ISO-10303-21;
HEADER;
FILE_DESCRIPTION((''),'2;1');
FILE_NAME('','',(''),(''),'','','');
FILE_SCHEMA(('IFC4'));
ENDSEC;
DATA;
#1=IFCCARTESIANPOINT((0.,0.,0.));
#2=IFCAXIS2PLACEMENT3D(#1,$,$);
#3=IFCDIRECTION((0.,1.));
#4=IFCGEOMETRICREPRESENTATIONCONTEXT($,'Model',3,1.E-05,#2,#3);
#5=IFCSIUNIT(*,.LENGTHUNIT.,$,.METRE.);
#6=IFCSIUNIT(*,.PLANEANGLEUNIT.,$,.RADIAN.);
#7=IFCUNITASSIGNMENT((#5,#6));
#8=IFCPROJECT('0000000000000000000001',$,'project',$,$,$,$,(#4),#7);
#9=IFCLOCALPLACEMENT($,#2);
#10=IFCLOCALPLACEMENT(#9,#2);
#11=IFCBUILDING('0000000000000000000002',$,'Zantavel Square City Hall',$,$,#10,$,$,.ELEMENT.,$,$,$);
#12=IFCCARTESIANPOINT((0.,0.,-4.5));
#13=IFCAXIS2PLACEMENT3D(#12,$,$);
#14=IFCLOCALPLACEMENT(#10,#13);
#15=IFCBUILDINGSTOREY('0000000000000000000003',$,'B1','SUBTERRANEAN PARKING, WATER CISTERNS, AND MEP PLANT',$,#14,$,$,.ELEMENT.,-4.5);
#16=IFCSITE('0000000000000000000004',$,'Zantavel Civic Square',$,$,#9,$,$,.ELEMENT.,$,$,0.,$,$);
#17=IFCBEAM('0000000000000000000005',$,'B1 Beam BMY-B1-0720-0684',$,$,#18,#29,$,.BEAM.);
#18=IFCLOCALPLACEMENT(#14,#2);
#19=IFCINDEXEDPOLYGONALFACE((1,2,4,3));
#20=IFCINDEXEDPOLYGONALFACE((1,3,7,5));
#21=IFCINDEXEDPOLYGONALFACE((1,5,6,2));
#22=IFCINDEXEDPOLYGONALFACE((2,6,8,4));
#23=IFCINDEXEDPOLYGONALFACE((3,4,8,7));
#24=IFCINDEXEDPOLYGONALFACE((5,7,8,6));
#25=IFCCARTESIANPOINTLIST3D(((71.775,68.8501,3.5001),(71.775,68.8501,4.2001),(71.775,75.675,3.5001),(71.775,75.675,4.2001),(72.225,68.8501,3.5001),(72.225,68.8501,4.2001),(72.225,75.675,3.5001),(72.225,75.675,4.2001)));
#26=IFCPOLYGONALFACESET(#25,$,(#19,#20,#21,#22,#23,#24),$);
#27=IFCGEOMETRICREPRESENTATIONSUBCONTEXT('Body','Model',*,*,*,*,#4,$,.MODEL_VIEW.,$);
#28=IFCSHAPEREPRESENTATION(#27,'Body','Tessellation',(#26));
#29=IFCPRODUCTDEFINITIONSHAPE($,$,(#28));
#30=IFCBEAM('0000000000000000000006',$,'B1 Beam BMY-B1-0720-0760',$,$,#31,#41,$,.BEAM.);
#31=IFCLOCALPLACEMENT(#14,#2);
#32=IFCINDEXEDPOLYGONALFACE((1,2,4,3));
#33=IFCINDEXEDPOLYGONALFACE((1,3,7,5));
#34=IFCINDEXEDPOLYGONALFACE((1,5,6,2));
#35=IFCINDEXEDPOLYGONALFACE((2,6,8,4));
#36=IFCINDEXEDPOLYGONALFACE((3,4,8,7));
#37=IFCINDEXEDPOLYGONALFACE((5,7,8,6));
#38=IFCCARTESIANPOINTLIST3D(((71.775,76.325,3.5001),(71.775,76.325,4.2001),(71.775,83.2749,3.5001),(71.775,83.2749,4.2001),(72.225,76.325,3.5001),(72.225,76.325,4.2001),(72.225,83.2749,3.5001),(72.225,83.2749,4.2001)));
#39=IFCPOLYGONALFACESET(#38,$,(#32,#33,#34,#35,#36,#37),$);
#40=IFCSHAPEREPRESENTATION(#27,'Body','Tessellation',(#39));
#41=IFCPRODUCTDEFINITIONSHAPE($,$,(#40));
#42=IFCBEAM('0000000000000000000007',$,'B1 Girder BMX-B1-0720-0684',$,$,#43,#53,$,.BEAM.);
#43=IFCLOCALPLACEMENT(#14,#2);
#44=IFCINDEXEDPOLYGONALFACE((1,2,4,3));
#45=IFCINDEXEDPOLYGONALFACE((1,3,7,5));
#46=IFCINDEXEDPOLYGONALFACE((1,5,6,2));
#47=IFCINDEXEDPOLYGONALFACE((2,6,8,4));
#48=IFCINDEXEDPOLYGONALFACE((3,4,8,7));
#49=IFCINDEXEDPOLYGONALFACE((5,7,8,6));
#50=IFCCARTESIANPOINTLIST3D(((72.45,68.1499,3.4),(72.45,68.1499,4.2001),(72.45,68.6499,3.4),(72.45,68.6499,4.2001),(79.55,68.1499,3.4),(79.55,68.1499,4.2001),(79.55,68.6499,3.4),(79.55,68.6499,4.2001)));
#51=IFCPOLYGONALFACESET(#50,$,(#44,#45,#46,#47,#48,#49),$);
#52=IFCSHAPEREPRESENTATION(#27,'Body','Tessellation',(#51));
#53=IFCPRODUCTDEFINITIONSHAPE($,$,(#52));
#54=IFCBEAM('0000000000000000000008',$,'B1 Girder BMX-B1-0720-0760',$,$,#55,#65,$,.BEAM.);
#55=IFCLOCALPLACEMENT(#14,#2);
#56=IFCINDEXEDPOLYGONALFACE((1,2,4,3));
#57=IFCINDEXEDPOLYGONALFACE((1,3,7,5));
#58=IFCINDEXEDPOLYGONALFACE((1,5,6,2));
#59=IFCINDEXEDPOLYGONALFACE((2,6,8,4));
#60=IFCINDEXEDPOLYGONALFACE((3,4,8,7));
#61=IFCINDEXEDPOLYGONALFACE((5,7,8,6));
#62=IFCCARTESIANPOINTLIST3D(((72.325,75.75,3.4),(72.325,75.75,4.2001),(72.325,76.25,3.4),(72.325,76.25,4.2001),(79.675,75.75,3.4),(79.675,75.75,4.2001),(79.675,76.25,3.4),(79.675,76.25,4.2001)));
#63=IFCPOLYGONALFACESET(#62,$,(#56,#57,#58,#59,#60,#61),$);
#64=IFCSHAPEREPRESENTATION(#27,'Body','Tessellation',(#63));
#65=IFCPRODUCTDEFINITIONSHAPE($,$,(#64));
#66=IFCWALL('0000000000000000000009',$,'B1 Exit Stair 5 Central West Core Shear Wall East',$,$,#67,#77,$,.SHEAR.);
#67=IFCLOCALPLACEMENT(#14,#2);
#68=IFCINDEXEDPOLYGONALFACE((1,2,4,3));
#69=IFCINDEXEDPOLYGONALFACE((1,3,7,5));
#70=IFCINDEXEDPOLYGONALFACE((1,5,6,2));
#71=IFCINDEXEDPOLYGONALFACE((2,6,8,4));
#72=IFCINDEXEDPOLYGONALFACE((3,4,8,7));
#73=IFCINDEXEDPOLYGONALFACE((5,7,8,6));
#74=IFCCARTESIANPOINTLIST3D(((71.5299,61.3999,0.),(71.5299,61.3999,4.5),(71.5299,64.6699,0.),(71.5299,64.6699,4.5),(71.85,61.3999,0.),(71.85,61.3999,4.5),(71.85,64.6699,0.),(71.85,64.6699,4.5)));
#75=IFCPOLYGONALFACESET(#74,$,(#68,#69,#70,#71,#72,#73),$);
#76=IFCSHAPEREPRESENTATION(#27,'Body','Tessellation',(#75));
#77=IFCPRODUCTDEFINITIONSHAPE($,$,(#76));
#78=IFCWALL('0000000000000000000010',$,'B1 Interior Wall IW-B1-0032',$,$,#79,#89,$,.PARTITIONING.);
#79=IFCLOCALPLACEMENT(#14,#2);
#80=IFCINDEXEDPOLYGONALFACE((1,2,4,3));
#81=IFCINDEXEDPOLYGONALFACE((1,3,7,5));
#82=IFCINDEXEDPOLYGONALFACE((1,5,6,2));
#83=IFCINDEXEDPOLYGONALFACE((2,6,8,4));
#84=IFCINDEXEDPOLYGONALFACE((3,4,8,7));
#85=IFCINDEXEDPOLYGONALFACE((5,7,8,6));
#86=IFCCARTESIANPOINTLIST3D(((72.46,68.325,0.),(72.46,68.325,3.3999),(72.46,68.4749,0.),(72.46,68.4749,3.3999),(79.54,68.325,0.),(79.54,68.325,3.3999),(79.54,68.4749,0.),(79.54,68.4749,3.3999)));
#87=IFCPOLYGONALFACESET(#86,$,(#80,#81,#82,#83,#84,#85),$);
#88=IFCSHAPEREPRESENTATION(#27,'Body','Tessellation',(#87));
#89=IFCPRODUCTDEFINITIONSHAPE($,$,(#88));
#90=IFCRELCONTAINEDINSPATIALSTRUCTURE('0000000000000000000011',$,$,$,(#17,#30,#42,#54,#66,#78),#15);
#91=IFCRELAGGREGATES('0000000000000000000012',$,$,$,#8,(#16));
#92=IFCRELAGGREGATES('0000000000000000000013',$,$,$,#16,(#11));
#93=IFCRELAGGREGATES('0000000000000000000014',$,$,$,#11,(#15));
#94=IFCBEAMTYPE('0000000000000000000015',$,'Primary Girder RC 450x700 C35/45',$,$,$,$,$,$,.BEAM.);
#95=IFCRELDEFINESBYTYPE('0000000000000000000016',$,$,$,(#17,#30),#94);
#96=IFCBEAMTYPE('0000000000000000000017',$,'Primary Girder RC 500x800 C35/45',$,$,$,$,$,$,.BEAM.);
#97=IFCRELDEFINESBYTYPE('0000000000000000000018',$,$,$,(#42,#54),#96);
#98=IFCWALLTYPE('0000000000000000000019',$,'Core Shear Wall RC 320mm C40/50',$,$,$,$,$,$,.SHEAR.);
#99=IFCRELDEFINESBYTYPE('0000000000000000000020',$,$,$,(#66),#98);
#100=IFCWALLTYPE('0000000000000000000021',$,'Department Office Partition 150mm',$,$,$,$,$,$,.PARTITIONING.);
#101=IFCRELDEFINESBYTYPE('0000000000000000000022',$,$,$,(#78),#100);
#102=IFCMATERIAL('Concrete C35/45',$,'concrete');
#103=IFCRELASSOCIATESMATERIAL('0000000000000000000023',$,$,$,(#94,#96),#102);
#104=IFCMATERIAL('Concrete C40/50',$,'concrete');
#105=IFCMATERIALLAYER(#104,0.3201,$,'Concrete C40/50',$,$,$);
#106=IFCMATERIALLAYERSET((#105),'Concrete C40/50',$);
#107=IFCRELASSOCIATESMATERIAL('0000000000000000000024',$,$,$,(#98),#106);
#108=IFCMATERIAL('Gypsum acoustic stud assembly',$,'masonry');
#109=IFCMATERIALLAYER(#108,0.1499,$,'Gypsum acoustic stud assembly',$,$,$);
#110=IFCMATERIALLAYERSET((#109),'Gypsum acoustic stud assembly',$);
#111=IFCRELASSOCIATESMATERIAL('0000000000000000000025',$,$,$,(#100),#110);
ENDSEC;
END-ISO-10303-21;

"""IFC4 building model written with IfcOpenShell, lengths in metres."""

from ifc_helpers import new_model, si_unit, direction, frame, frame_2d, origin, origin_2d, place, context, subcontext, project, spatial, rectangle, extrude, material, layer, layer_set, material_profile, profile_set, type_object, element, save


model = new_model("IFC4")

# Units and contexts
model_context = context("Model", 3, precision=1e-05, world=origin(), true_north=direction((0.0, 1.0)))
body_context = subcontext(model_context, "Body", "Model", "MODEL_VIEW")
ifc_project = project(units=[si_unit("LENGTHUNIT", "METRE"), si_unit("PLANEANGLEUNIT", "RADIAN")], contexts=[model_context])

# Site, building, storey
site_placement = place(None, origin())
site = spatial("IfcSite", under=ifc_project, at=site_placement, Name="Zantavel Civic Square", CompositionType="ELEMENT", RefElevation=0.0)
building_placement = place(site_placement, origin())
building = spatial("IfcBuilding", under=site, at=building_placement, Name="Zantavel Square City Hall", CompositionType="ELEMENT")
storey_placement = place(building_placement, frame((0.0, 0.0, -4.5)))
storey = spatial("IfcBuildingStorey", under=building, at=storey_placement, Name="B1", Description="SUBTERRANEAN PARKING, WATER CISTERNS, AND MEP PLANT", CompositionType="ELEMENT", Elevation=-4.5)

# Shared definitions
ifc_material_1 = material(Name="Concrete C35/45", Category="concrete")

# Shared definitions
ifc_material_2 = material(Name="Concrete C40/50", Category="concrete")

# Beams
ifc_material_profile_1 = material_profile(ifc_material_1, rectangle(XDim=0.45, YDim=0.7, at=origin_2d()), Name="RC 450x700")
ifc_profile_set_1 = profile_set([ifc_material_profile_1], Name="Concrete C35/45")
beam_type_1 = type_object("IfcBeamType", Name="Primary Girder RC 450x700 C35/45", PredefinedType="BEAM", material=ifc_profile_set_1)
beam_1_placement = place(storey_placement, frame((72.0, 68.8501, 3.8501), z_axis=(0.0, 1.0, 0.0), x_axis=(-1.0, 0.0, 0.0)))
element("IfcBeam", 1, at=beam_1_placement, inside=storey, type_object=beam_type_1, Name="B1 Beam BMY-B1-0720-0684", PredefinedType="BEAM", context=body_context, shape_type="SweptSolid", body=[
    extrude(rectangle(XDim=0.45, YDim=0.7, at=origin_2d()), origin(), (0.0, 0.0, 1.0), 6.825),
])
beam_2_placement = place(storey_placement, frame((72.0, 76.325, 3.8501), z_axis=(0.0, 1.0, 0.0), x_axis=(-1.0, 0.0, 0.0)))
element("IfcBeam", 2, at=beam_2_placement, inside=storey, type_object=beam_type_1, Name="B1 Beam BMY-B1-0720-0760", PredefinedType="BEAM", context=body_context, shape_type="SweptSolid", body=[
    extrude(rectangle(XDim=0.45, YDim=0.7, at=origin_2d()), origin(), (0.0, 0.0, 1.0), 6.95),
])
ifc_material_profile_2 = material_profile(ifc_material_1, rectangle(XDim=0.5, YDim=0.8, at=origin_2d()), Name="RC 500x800")
ifc_profile_set_2 = profile_set([ifc_material_profile_2], Name="Concrete C35/45")
beam_type_2 = type_object("IfcBeamType", Name="Primary Girder RC 500x800 C35/45", PredefinedType="BEAM", material=ifc_profile_set_2)
beam_3_placement = place(storey_placement, frame((72.45, 68.3999, 3.8), z_axis=(1.0, 0.0, 0.0), x_axis=(0.0, 1.0, 0.0)))
element("IfcBeam", 3, at=beam_3_placement, inside=storey, type_object=beam_type_2, Name="B1 Girder BMX-B1-0720-0684", PredefinedType="BEAM", context=body_context, shape_type="SweptSolid", body=[
    extrude(rectangle(XDim=0.5, YDim=0.8, at=origin_2d()), origin(), (0.0, 0.0, 1.0), 7.1001),
])
beam_4_placement = place(storey_placement, frame((72.325, 76.0, 3.8), z_axis=(1.0, 0.0, 0.0), x_axis=(0.0, 1.0, 0.0)))
element("IfcBeam", 4, at=beam_4_placement, inside=storey, type_object=beam_type_2, Name="B1 Girder BMX-B1-0720-0760", PredefinedType="BEAM", context=body_context, shape_type="SweptSolid", body=[
    extrude(rectangle(XDim=0.5, YDim=0.8, at=origin_2d()), origin(), (0.0, 0.0, 1.0), 7.3501),
])

# Walls
ifc_layer_1 = layer(ifc_material_2, 0.3201, Name="Concrete C40/50")
ifc_layer_set_1 = layer_set([ifc_layer_1], Name="Concrete C40/50")
wall_type_1 = type_object("IfcWallType", Name="Core Shear Wall RC 320mm C40/50", PredefinedType="SHEAR", material=ifc_layer_set_1)
wall_1_placement = place(storey_placement, frame((71.6899, 64.6699, 0.0), z_axis=(0.0, 0.0, 1.0), x_axis=(0.0, -1.0, 0.0)))
element("IfcWall", 5, at=wall_1_placement, inside=storey, type_object=wall_type_1, Name="B1 Exit Stair 5 Central West Core Shear Wall East", PredefinedType="SHEAR", context=body_context, shape_type="SweptSolid", body=[
    extrude(rectangle(XDim=3.27, YDim=0.3201, at=frame_2d((1.635, 0.0))), origin(), (0.0, 0.0, 1.0), 4.5),
])
ifc_material_3 = material(Name="Gypsum acoustic stud assembly", Category="masonry")
ifc_layer_2 = layer(ifc_material_3, 0.1499, Name="Gypsum acoustic stud assembly")
ifc_layer_set_2 = layer_set([ifc_layer_2], Name="Gypsum acoustic stud assembly")
wall_type_2 = type_object("IfcWallType", Name="Department Office Partition 150mm", PredefinedType="PARTITIONING", material=ifc_layer_set_2)
wall_2_placement = place(storey_placement, frame((72.46, 68.3999, 0.0), z_axis=(0.0, 0.0, 1.0), x_axis=(1.0, 0.0, 0.0)))
element("IfcWall", 6, at=wall_2_placement, inside=storey, type_object=wall_type_2, Name="B1 Interior Wall IW-B1-0032", PredefinedType="PARTITIONING", context=body_context, shape_type="SweptSolid", body=[
    extrude(rectangle(XDim=7.0801, YDim=0.1499, at=frame_2d((3.54, 0.0))), origin(), (0.0, 0.0, 1.0), 3.3999),
])

save(model, "model.ifc")
